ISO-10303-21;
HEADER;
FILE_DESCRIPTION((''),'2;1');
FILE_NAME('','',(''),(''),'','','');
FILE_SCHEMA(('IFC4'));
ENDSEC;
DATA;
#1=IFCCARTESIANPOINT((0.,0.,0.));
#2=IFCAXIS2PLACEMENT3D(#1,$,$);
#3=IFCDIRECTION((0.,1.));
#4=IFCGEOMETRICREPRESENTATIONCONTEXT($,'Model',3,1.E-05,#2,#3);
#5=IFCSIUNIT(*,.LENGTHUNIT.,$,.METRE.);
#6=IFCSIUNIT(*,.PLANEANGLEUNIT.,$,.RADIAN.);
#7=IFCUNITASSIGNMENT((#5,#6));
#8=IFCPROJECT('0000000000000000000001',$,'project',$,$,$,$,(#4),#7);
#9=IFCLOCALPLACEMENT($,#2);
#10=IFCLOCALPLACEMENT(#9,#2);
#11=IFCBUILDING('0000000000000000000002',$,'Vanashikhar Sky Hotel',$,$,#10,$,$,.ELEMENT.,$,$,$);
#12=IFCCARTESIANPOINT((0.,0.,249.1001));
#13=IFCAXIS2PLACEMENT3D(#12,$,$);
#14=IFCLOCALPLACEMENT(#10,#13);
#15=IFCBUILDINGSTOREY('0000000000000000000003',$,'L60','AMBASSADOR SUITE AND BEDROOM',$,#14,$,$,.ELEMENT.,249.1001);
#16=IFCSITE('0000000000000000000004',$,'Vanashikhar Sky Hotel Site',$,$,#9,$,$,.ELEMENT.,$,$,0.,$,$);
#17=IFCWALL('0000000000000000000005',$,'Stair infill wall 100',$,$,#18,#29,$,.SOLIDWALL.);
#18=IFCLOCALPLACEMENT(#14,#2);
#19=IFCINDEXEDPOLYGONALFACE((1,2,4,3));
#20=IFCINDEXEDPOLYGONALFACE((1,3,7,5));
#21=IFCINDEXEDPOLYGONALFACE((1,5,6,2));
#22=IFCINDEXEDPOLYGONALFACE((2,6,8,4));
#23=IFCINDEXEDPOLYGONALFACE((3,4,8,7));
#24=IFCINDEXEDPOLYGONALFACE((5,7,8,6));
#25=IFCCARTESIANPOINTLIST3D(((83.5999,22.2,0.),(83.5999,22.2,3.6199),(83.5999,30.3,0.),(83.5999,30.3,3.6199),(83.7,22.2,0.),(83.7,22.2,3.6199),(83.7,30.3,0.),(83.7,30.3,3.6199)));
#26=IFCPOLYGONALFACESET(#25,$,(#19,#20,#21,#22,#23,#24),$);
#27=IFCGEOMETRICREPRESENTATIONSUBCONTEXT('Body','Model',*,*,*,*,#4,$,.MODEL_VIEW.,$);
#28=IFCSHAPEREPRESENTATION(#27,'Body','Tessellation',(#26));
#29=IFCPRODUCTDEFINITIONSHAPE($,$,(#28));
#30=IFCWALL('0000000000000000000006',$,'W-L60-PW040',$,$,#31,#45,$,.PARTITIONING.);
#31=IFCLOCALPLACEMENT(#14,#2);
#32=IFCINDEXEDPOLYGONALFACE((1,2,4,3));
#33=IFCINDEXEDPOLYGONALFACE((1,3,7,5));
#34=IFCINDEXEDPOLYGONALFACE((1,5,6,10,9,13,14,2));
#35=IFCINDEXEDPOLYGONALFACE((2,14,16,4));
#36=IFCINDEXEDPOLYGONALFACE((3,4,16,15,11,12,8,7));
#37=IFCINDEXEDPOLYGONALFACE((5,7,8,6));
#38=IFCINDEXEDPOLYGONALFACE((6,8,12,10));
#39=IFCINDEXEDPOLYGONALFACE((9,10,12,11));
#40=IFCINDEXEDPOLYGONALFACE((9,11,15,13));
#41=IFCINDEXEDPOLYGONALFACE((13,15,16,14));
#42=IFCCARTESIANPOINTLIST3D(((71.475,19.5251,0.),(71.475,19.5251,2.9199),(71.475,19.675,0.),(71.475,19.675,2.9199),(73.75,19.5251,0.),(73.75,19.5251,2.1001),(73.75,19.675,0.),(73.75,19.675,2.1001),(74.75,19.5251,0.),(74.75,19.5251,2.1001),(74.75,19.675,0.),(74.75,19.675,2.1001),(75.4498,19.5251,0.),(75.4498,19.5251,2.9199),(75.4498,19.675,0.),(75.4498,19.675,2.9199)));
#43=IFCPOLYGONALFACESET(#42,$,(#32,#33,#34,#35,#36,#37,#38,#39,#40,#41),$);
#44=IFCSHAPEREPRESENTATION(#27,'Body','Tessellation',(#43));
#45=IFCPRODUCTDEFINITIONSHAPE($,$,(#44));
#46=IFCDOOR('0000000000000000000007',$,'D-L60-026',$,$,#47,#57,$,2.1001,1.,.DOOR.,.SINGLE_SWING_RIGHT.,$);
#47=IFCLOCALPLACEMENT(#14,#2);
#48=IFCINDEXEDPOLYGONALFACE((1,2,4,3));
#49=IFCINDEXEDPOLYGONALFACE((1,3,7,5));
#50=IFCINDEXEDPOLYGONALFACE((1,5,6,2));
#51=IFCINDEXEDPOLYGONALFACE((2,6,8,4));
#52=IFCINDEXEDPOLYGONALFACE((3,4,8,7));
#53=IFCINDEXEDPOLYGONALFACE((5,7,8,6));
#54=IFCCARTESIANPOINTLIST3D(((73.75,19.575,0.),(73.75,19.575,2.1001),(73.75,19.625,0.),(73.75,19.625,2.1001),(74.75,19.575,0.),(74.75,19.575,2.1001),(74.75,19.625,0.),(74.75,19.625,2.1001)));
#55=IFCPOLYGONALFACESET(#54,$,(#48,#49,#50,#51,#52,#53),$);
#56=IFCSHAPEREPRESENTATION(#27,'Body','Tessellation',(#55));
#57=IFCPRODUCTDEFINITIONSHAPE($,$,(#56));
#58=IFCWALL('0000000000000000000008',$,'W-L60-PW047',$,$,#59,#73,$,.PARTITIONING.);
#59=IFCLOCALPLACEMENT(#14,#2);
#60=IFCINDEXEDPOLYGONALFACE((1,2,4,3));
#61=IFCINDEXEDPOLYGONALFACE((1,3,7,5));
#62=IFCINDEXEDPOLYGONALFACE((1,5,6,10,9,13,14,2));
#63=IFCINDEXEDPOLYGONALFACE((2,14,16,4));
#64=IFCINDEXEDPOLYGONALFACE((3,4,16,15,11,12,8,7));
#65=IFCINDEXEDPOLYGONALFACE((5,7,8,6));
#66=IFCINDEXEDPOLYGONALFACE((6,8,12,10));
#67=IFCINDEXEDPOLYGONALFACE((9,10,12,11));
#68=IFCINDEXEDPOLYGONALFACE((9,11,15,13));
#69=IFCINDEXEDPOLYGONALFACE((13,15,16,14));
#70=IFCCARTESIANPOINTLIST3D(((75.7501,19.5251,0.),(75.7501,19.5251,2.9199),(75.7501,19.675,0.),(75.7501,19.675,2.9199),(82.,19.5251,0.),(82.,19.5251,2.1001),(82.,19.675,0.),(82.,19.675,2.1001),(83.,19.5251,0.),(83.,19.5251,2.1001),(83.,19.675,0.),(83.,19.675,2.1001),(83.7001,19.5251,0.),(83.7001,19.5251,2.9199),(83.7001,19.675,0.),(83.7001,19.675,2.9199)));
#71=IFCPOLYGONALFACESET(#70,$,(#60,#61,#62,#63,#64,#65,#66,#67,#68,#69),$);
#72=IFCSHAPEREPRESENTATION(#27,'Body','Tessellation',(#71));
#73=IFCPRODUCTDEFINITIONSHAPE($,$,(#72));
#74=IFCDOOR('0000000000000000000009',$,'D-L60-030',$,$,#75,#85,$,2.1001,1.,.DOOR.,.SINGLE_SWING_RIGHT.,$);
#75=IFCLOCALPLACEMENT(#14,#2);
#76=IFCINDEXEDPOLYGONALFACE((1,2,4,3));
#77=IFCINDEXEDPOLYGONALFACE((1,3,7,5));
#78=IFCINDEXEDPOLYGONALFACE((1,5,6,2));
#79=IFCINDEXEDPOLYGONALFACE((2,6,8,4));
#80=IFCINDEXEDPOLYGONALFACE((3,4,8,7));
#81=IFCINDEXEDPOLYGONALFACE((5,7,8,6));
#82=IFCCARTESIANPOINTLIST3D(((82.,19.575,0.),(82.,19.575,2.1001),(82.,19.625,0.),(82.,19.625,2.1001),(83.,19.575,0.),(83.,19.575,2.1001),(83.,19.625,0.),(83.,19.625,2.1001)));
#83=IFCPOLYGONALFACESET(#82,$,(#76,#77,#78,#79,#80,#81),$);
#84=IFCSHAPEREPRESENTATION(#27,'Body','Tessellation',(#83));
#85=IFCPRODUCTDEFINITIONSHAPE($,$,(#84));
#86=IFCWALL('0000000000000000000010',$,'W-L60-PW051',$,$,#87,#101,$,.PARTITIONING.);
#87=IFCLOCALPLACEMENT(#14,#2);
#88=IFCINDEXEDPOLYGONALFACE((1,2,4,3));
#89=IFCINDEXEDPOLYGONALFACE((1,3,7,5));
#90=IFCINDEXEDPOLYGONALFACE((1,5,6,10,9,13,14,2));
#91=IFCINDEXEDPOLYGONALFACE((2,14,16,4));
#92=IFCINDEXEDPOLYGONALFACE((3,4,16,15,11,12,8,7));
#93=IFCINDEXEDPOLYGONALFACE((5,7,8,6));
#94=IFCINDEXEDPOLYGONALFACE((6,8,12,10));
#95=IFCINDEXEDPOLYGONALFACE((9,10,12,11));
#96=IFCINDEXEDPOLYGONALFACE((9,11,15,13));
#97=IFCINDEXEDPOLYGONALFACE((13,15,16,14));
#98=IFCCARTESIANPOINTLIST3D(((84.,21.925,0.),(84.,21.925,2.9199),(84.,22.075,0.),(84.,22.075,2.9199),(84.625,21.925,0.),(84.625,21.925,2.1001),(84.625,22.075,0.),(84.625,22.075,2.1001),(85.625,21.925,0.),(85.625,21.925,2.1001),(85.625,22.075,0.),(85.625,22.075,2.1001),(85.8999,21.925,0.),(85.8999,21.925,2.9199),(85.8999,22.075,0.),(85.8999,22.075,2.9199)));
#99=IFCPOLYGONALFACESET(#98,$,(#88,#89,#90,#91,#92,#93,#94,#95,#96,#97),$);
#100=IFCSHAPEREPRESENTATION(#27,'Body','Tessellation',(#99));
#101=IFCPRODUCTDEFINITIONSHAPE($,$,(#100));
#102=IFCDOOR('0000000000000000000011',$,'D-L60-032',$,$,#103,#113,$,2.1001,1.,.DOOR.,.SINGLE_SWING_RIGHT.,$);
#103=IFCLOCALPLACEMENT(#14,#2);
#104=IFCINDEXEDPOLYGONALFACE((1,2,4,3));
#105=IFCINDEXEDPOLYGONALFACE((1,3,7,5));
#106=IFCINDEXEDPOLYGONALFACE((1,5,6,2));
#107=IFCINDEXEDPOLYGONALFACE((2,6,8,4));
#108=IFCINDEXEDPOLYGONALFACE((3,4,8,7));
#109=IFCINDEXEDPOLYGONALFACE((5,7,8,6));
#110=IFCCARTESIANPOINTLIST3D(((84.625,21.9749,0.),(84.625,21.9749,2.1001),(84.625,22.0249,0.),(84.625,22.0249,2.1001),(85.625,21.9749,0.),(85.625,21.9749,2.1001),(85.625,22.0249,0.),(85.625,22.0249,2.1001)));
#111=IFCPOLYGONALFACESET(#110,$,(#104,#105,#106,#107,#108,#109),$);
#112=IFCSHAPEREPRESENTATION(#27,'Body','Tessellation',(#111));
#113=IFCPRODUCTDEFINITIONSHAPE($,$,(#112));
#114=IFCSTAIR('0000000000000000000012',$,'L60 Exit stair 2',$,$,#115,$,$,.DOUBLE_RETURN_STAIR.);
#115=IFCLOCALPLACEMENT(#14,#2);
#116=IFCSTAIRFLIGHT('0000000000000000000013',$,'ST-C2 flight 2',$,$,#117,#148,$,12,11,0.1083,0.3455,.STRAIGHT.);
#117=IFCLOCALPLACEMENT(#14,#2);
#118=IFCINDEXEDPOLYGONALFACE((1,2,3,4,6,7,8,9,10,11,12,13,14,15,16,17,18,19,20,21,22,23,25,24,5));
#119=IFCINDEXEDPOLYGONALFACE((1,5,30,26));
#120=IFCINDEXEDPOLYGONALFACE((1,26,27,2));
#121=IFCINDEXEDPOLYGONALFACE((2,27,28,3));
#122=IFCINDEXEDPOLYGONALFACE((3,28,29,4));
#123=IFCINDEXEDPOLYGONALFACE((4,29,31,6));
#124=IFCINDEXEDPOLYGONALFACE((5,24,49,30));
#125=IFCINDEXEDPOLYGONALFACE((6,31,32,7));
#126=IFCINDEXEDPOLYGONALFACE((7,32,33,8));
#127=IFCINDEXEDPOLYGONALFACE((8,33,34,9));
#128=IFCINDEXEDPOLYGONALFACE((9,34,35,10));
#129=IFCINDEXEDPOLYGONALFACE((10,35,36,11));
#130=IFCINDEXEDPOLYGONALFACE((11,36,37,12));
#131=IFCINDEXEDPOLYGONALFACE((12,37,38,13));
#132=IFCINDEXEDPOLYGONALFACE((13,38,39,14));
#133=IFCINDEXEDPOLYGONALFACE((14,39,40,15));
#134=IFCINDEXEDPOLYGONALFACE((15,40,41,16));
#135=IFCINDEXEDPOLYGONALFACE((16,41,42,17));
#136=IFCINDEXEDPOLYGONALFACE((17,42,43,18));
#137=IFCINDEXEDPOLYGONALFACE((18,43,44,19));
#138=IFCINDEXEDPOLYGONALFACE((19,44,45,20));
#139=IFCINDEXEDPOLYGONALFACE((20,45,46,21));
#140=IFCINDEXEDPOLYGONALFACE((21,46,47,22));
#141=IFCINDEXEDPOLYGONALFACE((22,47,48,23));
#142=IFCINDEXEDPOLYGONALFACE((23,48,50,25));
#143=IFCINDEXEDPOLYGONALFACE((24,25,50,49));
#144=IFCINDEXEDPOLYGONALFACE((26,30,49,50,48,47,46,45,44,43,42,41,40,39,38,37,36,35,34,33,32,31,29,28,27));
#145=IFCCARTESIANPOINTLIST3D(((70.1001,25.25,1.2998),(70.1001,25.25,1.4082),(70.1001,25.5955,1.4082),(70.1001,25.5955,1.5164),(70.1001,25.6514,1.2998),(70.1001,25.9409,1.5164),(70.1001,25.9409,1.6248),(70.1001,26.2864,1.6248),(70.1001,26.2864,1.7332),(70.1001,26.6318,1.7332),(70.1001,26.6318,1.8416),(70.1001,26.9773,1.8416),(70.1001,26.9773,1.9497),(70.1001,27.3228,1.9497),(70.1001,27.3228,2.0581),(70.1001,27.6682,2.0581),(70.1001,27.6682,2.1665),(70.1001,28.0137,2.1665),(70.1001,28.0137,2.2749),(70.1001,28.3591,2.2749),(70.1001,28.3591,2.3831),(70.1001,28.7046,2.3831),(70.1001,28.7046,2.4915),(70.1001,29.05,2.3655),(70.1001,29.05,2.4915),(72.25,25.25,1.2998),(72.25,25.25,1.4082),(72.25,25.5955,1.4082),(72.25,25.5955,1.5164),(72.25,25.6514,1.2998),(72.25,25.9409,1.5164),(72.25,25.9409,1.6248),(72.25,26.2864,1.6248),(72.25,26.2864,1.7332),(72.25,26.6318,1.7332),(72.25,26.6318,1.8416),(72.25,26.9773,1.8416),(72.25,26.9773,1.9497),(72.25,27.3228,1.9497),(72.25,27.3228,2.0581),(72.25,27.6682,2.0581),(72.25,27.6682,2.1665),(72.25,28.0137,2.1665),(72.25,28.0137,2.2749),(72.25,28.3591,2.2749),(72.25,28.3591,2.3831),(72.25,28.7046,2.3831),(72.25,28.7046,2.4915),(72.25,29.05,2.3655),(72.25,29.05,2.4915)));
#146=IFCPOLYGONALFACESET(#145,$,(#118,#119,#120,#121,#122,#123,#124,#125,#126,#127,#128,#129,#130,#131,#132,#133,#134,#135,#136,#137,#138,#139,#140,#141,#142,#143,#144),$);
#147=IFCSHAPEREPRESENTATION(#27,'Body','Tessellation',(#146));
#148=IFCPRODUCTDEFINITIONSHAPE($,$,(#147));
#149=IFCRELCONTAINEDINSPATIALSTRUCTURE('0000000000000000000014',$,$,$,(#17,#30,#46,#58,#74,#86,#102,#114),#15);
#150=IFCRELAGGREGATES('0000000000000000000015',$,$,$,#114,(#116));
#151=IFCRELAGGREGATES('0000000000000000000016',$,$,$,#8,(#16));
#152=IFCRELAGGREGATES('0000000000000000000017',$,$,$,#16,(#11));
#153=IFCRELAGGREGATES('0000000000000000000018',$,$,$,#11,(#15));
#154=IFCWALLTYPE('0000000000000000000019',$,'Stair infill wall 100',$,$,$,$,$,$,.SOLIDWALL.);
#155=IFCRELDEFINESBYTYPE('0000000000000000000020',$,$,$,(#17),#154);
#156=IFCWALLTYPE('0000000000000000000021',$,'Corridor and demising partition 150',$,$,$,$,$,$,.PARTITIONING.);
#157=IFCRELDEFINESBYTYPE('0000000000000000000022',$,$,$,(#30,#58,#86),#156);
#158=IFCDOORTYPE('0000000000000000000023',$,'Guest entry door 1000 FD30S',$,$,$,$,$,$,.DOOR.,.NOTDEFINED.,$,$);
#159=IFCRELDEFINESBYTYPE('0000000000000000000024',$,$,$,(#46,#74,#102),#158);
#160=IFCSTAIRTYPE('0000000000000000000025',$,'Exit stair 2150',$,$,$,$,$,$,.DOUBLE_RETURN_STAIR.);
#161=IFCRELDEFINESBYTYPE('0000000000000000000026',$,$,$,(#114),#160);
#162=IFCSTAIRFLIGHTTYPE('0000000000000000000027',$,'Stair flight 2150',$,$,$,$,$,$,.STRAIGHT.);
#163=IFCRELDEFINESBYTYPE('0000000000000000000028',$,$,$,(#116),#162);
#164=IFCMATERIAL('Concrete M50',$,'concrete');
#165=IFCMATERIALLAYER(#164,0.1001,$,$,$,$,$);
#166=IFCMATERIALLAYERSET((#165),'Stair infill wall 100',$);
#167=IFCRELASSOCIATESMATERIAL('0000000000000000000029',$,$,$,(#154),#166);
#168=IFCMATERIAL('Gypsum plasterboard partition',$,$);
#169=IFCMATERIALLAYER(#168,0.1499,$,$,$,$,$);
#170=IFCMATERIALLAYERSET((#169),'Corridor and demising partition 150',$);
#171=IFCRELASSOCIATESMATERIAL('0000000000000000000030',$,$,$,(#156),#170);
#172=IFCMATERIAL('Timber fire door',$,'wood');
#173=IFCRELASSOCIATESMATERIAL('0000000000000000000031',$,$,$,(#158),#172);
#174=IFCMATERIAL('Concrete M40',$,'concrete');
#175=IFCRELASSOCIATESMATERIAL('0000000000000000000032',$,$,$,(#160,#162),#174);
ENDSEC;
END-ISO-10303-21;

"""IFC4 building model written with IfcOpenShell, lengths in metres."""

from ifc_helpers import new_model, si_unit, direction, frame, frame_2d, origin, place, context, subcontext, project, spatial, polyline, rectangle, outline, extrude, source, transform, mapped, material, layer, layer_set, type_object, element, fill, aggregate, save


model = new_model("IFC4")

# Units and contexts
model_context = context("Model", 3, precision=1e-05, world=origin(), true_north=direction((0.0, 1.0)))
body_context = subcontext(model_context, "Body", "Model", "MODEL_VIEW")
ifc_project = project(units=[si_unit("LENGTHUNIT", "METRE"), si_unit("PLANEANGLEUNIT", "RADIAN")], contexts=[model_context])

# Site, building, storey
site_placement = place(None, origin())
site = spatial("IfcSite", under=ifc_project, at=site_placement, Name="Vanashikhar Sky Hotel Site", CompositionType="ELEMENT", RefElevation=0.0)
building_placement = place(site_placement, origin())
building = spatial("IfcBuilding", under=site, at=building_placement, Name="Vanashikhar Sky Hotel", CompositionType="ELEMENT")
storey_placement = place(building_placement, frame((0.0, 0.0, 249.1001)))
storey = spatial("IfcBuildingStorey", under=building, at=storey_placement, Name="L60", Description="AMBASSADOR SUITE AND BEDROOM", CompositionType="ELEMENT", Elevation=249.1001)

# Shared definitions
ifc_material_1 = material(Name="Concrete M50", Category="concrete")

# Wall
ifc_layer_1 = layer(ifc_material_1, 0.1001)
ifc_layer_set_1 = layer_set([ifc_layer_1], Name="Stair infill wall 100")
wall_type_1 = type_object("IfcWallType", Name="Stair infill wall 100", PredefinedType="SOLIDWALL", material=ifc_layer_set_1)
shared_shape_1 = source(origin(), body_context, "Body", "SweptSolid", [
    extrude(rectangle(XDim=8.1001, YDim=0.1001, at=frame_2d((4.05, 0.0))), origin(), (0.0, 0.0, 1.0), 3.6199),
])
wall_1_placement = place(storey_placement, frame((83.6499, 22.2, 0.0), z_axis=(0.0, 0.0, 1.0), x_axis=(0.0, 1.0, 0.0)))
element("IfcWall", 1, at=wall_1_placement, inside=storey, type_object=wall_type_1, Name="Stair infill wall 100", PredefinedType="SOLIDWALL", context=body_context, shape_type="MappedRepresentation", body=[
    mapped(shared_shape_1, transform((0.0, 0.0, 0.0), scale=1.0)),
])

# Walls, openings, doors
ifc_material_2 = material(Name="Gypsum plasterboard partition")
ifc_layer_2 = layer(ifc_material_2, 0.1499)
ifc_layer_set_2 = layer_set([ifc_layer_2], Name="Corridor and demising partition 150")
wall_type_2 = type_object("IfcWallType", Name="Corridor and demising partition 150", PredefinedType="PARTITIONING", material=ifc_layer_set_2)
shared_shape_2 = source(origin(), body_context, "Body", "SweptSolid", [
    extrude(rectangle(XDim=3.9749, YDim=0.1499, at=frame_2d((1.9873, 0.0))), origin(), (0.0, 0.0, 1.0), 2.9199),
])
wall_2_placement = place(storey_placement, frame((71.4751, 19.6001, 0.0), z_axis=(0.0, 0.0, 1.0), x_axis=(1.0, 0.0, 0.0)))
wall_2 = element("IfcWall", 2, at=wall_2_placement, inside=storey, type_object=wall_type_2, Name="W-L60-PW040", PredefinedType="PARTITIONING", context=body_context, shape_type="MappedRepresentation", body=[
    mapped(shared_shape_2, transform((0.0, 0.0, 0.0), scale=1.0)),
])
shared_shape_3 = source(origin(), body_context, "Body", "SweptSolid", [
    extrude(rectangle(XDim=1.0, YDim=2.1001, at=frame_2d((0.5, 1.05))), frame((0.0, 0.085, 0.0), z_axis=(0.0, -1.0, 0.0), x_axis=(1.0, 0.0, 0.0)), (0.0, 0.0, 1.0), 0.1699),
])
opening_1_placement = place(wall_2_placement, frame((2.2749, 0.0, 0.0)))
opening_1 = element("IfcOpeningElement", 3, at=opening_1_placement, cuts=wall_2, PredefinedType="OPENING", context=body_context, shape_type="MappedRepresentation", body=[
    mapped(shared_shape_3, transform((0.0, 0.0, 0.0), scale=1.0)),
])
ifc_material_3 = material(Name="Timber fire door", Category="wood")
door_type_1 = type_object("IfcDoorType", Name="Guest entry door 1000 FD30S", OperationType="NOTDEFINED", PredefinedType="DOOR", material=ifc_material_3)
shared_shape_4 = source(origin(), body_context, "Body", "SweptSolid", [
    extrude(rectangle(XDim=1.0, YDim=2.1001, at=frame_2d((0.5, 1.05))), frame((0.0, 0.0249, 0.0), z_axis=(0.0, -1.0, 0.0), x_axis=(1.0, 0.0, 0.0)), (0.0, 0.0, 1.0), 0.05),
])
door_1_placement = place(opening_1_placement, origin())
door_1 = element("IfcDoor", 4, at=door_1_placement, inside=storey, type_object=door_type_1, Name="D-L60-026", OperationType="SINGLE_SWING_RIGHT", OverallHeight=2.1001, OverallWidth=1.0, PredefinedType="DOOR", context=body_context, shape_type="MappedRepresentation", body=[
    mapped(shared_shape_4, transform((0.0, 0.0, 0.0), scale=1.0)),
])
fill(opening_1, door_1)
shared_shape_5 = source(origin(), body_context, "Body", "SweptSolid", [
    extrude(rectangle(XDim=7.95, YDim=0.1499, at=frame_2d((3.9751, 0.0))), origin(), (0.0, 0.0, 1.0), 2.9199),
])
wall_3_placement = place(storey_placement, frame((75.75, 19.6001, 0.0), z_axis=(0.0, 0.0, 1.0), x_axis=(1.0, 0.0, 0.0)))
wall_3 = element("IfcWall", 5, at=wall_3_placement, inside=storey, type_object=wall_type_2, Name="W-L60-PW047", PredefinedType="PARTITIONING", context=body_context, shape_type="MappedRepresentation", body=[
    mapped(shared_shape_5, transform((0.0, 0.0, 0.0), scale=1.0)),
])
opening_2_placement = place(wall_3_placement, frame((6.25, 0.0, 0.0)))
opening_2 = element("IfcOpeningElement", 6, at=opening_2_placement, cuts=wall_3, PredefinedType="OPENING", context=body_context, shape_type="MappedRepresentation", body=[
    mapped(shared_shape_3, transform((0.0, 0.0, 0.0), scale=1.0)),
])
door_2_placement = place(opening_2_placement, origin())
door_2 = element("IfcDoor", 7, at=door_2_placement, inside=storey, type_object=door_type_1, Name="D-L60-030", OperationType="SINGLE_SWING_RIGHT", OverallHeight=2.1001, OverallWidth=1.0, PredefinedType="DOOR", context=body_context, shape_type="MappedRepresentation", body=[
    mapped(shared_shape_4, transform((0.0, 0.0, 0.0), scale=1.0)),
])
fill(opening_2, door_2)
shared_shape_6 = source(origin(), body_context, "Body", "SweptSolid", [
    extrude(rectangle(XDim=1.8999, YDim=0.1499, at=frame_2d((0.95, 0.0))), origin(), (0.0, 0.0, 1.0), 2.9199),
])
wall_4_placement = place(storey_placement, frame((84.0, 22.0, 0.0), z_axis=(0.0, 0.0, 1.0), x_axis=(1.0, 0.0, 0.0)))
wall_4 = element("IfcWall", 8, at=wall_4_placement, inside=storey, type_object=wall_type_2, Name="W-L60-PW051", PredefinedType="PARTITIONING", context=body_context, shape_type="MappedRepresentation", body=[
    mapped(shared_shape_6, transform((0.0, 0.0, 0.0), scale=1.0)),
])
opening_3_placement = place(wall_4_placement, frame((0.625, 0.0, 0.0)))
opening_3 = element("IfcOpeningElement", 9, at=opening_3_placement, cuts=wall_4, PredefinedType="OPENING", context=body_context, shape_type="MappedRepresentation", body=[
    mapped(shared_shape_3, transform((0.0, 0.0, 0.0), scale=1.0)),
])
door_3_placement = place(opening_3_placement, origin())
door_3 = element("IfcDoor", 10, at=door_3_placement, inside=storey, type_object=door_type_1, Name="D-L60-032", OperationType="SINGLE_SWING_RIGHT", OverallHeight=2.1001, OverallWidth=1.0, PredefinedType="DOOR", context=body_context, shape_type="MappedRepresentation", body=[
    mapped(shared_shape_4, transform((0.0, 0.0, 0.0), scale=1.0)),
])
fill(opening_3, door_3)

# Stair, stair flight
ifc_material_4 = material(Name="Concrete M40", Category="concrete")
stair_type = type_object("IfcStairType", Name="Exit stair 2150", PredefinedType="DOUBLE_RETURN_STAIR", material=ifc_material_4)
stair_1_placement = place(storey_placement, origin())
stair_1 = element("IfcStair", 11, at=stair_1_placement, inside=storey, type_object=stair_type, Name="L60 Exit stair 2", PredefinedType="DOUBLE_RETURN_STAIR")
stair_flight_type = type_object("IfcStairFlightType", Name="Stair flight 2150", PredefinedType="STRAIGHT", material=ifc_material_4)
shared_shape_7 = source(origin(), body_context, "Body", "SweptSolid", [
    extrude(outline(polyline([(0.0, 0.0), (0.0, 0.1084), (0.3455, 0.1084), (0.3455, 0.2166), (0.6909, 0.2166), (0.6909, 0.325), (1.0364, 0.325), (1.0364, 0.4333), (1.3818, 0.4333), (1.3818, 0.5417), (1.7273, 0.5417), (1.7273, 0.6499), (2.0728, 0.6499), (2.0728, 0.7583), (2.4182, 0.7583), (2.4182, 0.8667), (2.7637, 0.8667), (2.7637, 0.9751), (3.1091, 0.9751), (3.1091, 1.0833), (3.4546, 1.0833), (3.4546, 1.1917), (3.8, 1.1917), (3.8, 1.3), (3.8, 1.0657), (0.4014, 0.0), (0.0, 0.0)])), frame((0.0, 1.075, 0.0), z_axis=(0.0, -1.0, 0.0), x_axis=(1.0, 0.0, 0.0)), (0.0, 0.0, 1.0), 2.1499),
])
stair_flight_1_placement = place(storey_placement, frame((71.175, 25.25, 1.2998), z_axis=(0.0, 0.0, 1.0), x_axis=(0.0, 1.0, 0.0)))
stair_flight_1 = element("IfcStairFlight", 12, at=stair_flight_1_placement, type_object=stair_flight_type, Name="ST-C2 flight 2", NumberOfRisers=12, NumberOfTreads=11, PredefinedType="STRAIGHT", RiserHeight=0.1083, TreadLength=0.3455, context=body_context, shape_type="MappedRepresentation", body=[
    mapped(shared_shape_7, transform((0.0, 0.0, 0.0), scale=1.0)),
])
aggregate(stair_1, [stair_flight_1])

save(model, "model.ifc")
